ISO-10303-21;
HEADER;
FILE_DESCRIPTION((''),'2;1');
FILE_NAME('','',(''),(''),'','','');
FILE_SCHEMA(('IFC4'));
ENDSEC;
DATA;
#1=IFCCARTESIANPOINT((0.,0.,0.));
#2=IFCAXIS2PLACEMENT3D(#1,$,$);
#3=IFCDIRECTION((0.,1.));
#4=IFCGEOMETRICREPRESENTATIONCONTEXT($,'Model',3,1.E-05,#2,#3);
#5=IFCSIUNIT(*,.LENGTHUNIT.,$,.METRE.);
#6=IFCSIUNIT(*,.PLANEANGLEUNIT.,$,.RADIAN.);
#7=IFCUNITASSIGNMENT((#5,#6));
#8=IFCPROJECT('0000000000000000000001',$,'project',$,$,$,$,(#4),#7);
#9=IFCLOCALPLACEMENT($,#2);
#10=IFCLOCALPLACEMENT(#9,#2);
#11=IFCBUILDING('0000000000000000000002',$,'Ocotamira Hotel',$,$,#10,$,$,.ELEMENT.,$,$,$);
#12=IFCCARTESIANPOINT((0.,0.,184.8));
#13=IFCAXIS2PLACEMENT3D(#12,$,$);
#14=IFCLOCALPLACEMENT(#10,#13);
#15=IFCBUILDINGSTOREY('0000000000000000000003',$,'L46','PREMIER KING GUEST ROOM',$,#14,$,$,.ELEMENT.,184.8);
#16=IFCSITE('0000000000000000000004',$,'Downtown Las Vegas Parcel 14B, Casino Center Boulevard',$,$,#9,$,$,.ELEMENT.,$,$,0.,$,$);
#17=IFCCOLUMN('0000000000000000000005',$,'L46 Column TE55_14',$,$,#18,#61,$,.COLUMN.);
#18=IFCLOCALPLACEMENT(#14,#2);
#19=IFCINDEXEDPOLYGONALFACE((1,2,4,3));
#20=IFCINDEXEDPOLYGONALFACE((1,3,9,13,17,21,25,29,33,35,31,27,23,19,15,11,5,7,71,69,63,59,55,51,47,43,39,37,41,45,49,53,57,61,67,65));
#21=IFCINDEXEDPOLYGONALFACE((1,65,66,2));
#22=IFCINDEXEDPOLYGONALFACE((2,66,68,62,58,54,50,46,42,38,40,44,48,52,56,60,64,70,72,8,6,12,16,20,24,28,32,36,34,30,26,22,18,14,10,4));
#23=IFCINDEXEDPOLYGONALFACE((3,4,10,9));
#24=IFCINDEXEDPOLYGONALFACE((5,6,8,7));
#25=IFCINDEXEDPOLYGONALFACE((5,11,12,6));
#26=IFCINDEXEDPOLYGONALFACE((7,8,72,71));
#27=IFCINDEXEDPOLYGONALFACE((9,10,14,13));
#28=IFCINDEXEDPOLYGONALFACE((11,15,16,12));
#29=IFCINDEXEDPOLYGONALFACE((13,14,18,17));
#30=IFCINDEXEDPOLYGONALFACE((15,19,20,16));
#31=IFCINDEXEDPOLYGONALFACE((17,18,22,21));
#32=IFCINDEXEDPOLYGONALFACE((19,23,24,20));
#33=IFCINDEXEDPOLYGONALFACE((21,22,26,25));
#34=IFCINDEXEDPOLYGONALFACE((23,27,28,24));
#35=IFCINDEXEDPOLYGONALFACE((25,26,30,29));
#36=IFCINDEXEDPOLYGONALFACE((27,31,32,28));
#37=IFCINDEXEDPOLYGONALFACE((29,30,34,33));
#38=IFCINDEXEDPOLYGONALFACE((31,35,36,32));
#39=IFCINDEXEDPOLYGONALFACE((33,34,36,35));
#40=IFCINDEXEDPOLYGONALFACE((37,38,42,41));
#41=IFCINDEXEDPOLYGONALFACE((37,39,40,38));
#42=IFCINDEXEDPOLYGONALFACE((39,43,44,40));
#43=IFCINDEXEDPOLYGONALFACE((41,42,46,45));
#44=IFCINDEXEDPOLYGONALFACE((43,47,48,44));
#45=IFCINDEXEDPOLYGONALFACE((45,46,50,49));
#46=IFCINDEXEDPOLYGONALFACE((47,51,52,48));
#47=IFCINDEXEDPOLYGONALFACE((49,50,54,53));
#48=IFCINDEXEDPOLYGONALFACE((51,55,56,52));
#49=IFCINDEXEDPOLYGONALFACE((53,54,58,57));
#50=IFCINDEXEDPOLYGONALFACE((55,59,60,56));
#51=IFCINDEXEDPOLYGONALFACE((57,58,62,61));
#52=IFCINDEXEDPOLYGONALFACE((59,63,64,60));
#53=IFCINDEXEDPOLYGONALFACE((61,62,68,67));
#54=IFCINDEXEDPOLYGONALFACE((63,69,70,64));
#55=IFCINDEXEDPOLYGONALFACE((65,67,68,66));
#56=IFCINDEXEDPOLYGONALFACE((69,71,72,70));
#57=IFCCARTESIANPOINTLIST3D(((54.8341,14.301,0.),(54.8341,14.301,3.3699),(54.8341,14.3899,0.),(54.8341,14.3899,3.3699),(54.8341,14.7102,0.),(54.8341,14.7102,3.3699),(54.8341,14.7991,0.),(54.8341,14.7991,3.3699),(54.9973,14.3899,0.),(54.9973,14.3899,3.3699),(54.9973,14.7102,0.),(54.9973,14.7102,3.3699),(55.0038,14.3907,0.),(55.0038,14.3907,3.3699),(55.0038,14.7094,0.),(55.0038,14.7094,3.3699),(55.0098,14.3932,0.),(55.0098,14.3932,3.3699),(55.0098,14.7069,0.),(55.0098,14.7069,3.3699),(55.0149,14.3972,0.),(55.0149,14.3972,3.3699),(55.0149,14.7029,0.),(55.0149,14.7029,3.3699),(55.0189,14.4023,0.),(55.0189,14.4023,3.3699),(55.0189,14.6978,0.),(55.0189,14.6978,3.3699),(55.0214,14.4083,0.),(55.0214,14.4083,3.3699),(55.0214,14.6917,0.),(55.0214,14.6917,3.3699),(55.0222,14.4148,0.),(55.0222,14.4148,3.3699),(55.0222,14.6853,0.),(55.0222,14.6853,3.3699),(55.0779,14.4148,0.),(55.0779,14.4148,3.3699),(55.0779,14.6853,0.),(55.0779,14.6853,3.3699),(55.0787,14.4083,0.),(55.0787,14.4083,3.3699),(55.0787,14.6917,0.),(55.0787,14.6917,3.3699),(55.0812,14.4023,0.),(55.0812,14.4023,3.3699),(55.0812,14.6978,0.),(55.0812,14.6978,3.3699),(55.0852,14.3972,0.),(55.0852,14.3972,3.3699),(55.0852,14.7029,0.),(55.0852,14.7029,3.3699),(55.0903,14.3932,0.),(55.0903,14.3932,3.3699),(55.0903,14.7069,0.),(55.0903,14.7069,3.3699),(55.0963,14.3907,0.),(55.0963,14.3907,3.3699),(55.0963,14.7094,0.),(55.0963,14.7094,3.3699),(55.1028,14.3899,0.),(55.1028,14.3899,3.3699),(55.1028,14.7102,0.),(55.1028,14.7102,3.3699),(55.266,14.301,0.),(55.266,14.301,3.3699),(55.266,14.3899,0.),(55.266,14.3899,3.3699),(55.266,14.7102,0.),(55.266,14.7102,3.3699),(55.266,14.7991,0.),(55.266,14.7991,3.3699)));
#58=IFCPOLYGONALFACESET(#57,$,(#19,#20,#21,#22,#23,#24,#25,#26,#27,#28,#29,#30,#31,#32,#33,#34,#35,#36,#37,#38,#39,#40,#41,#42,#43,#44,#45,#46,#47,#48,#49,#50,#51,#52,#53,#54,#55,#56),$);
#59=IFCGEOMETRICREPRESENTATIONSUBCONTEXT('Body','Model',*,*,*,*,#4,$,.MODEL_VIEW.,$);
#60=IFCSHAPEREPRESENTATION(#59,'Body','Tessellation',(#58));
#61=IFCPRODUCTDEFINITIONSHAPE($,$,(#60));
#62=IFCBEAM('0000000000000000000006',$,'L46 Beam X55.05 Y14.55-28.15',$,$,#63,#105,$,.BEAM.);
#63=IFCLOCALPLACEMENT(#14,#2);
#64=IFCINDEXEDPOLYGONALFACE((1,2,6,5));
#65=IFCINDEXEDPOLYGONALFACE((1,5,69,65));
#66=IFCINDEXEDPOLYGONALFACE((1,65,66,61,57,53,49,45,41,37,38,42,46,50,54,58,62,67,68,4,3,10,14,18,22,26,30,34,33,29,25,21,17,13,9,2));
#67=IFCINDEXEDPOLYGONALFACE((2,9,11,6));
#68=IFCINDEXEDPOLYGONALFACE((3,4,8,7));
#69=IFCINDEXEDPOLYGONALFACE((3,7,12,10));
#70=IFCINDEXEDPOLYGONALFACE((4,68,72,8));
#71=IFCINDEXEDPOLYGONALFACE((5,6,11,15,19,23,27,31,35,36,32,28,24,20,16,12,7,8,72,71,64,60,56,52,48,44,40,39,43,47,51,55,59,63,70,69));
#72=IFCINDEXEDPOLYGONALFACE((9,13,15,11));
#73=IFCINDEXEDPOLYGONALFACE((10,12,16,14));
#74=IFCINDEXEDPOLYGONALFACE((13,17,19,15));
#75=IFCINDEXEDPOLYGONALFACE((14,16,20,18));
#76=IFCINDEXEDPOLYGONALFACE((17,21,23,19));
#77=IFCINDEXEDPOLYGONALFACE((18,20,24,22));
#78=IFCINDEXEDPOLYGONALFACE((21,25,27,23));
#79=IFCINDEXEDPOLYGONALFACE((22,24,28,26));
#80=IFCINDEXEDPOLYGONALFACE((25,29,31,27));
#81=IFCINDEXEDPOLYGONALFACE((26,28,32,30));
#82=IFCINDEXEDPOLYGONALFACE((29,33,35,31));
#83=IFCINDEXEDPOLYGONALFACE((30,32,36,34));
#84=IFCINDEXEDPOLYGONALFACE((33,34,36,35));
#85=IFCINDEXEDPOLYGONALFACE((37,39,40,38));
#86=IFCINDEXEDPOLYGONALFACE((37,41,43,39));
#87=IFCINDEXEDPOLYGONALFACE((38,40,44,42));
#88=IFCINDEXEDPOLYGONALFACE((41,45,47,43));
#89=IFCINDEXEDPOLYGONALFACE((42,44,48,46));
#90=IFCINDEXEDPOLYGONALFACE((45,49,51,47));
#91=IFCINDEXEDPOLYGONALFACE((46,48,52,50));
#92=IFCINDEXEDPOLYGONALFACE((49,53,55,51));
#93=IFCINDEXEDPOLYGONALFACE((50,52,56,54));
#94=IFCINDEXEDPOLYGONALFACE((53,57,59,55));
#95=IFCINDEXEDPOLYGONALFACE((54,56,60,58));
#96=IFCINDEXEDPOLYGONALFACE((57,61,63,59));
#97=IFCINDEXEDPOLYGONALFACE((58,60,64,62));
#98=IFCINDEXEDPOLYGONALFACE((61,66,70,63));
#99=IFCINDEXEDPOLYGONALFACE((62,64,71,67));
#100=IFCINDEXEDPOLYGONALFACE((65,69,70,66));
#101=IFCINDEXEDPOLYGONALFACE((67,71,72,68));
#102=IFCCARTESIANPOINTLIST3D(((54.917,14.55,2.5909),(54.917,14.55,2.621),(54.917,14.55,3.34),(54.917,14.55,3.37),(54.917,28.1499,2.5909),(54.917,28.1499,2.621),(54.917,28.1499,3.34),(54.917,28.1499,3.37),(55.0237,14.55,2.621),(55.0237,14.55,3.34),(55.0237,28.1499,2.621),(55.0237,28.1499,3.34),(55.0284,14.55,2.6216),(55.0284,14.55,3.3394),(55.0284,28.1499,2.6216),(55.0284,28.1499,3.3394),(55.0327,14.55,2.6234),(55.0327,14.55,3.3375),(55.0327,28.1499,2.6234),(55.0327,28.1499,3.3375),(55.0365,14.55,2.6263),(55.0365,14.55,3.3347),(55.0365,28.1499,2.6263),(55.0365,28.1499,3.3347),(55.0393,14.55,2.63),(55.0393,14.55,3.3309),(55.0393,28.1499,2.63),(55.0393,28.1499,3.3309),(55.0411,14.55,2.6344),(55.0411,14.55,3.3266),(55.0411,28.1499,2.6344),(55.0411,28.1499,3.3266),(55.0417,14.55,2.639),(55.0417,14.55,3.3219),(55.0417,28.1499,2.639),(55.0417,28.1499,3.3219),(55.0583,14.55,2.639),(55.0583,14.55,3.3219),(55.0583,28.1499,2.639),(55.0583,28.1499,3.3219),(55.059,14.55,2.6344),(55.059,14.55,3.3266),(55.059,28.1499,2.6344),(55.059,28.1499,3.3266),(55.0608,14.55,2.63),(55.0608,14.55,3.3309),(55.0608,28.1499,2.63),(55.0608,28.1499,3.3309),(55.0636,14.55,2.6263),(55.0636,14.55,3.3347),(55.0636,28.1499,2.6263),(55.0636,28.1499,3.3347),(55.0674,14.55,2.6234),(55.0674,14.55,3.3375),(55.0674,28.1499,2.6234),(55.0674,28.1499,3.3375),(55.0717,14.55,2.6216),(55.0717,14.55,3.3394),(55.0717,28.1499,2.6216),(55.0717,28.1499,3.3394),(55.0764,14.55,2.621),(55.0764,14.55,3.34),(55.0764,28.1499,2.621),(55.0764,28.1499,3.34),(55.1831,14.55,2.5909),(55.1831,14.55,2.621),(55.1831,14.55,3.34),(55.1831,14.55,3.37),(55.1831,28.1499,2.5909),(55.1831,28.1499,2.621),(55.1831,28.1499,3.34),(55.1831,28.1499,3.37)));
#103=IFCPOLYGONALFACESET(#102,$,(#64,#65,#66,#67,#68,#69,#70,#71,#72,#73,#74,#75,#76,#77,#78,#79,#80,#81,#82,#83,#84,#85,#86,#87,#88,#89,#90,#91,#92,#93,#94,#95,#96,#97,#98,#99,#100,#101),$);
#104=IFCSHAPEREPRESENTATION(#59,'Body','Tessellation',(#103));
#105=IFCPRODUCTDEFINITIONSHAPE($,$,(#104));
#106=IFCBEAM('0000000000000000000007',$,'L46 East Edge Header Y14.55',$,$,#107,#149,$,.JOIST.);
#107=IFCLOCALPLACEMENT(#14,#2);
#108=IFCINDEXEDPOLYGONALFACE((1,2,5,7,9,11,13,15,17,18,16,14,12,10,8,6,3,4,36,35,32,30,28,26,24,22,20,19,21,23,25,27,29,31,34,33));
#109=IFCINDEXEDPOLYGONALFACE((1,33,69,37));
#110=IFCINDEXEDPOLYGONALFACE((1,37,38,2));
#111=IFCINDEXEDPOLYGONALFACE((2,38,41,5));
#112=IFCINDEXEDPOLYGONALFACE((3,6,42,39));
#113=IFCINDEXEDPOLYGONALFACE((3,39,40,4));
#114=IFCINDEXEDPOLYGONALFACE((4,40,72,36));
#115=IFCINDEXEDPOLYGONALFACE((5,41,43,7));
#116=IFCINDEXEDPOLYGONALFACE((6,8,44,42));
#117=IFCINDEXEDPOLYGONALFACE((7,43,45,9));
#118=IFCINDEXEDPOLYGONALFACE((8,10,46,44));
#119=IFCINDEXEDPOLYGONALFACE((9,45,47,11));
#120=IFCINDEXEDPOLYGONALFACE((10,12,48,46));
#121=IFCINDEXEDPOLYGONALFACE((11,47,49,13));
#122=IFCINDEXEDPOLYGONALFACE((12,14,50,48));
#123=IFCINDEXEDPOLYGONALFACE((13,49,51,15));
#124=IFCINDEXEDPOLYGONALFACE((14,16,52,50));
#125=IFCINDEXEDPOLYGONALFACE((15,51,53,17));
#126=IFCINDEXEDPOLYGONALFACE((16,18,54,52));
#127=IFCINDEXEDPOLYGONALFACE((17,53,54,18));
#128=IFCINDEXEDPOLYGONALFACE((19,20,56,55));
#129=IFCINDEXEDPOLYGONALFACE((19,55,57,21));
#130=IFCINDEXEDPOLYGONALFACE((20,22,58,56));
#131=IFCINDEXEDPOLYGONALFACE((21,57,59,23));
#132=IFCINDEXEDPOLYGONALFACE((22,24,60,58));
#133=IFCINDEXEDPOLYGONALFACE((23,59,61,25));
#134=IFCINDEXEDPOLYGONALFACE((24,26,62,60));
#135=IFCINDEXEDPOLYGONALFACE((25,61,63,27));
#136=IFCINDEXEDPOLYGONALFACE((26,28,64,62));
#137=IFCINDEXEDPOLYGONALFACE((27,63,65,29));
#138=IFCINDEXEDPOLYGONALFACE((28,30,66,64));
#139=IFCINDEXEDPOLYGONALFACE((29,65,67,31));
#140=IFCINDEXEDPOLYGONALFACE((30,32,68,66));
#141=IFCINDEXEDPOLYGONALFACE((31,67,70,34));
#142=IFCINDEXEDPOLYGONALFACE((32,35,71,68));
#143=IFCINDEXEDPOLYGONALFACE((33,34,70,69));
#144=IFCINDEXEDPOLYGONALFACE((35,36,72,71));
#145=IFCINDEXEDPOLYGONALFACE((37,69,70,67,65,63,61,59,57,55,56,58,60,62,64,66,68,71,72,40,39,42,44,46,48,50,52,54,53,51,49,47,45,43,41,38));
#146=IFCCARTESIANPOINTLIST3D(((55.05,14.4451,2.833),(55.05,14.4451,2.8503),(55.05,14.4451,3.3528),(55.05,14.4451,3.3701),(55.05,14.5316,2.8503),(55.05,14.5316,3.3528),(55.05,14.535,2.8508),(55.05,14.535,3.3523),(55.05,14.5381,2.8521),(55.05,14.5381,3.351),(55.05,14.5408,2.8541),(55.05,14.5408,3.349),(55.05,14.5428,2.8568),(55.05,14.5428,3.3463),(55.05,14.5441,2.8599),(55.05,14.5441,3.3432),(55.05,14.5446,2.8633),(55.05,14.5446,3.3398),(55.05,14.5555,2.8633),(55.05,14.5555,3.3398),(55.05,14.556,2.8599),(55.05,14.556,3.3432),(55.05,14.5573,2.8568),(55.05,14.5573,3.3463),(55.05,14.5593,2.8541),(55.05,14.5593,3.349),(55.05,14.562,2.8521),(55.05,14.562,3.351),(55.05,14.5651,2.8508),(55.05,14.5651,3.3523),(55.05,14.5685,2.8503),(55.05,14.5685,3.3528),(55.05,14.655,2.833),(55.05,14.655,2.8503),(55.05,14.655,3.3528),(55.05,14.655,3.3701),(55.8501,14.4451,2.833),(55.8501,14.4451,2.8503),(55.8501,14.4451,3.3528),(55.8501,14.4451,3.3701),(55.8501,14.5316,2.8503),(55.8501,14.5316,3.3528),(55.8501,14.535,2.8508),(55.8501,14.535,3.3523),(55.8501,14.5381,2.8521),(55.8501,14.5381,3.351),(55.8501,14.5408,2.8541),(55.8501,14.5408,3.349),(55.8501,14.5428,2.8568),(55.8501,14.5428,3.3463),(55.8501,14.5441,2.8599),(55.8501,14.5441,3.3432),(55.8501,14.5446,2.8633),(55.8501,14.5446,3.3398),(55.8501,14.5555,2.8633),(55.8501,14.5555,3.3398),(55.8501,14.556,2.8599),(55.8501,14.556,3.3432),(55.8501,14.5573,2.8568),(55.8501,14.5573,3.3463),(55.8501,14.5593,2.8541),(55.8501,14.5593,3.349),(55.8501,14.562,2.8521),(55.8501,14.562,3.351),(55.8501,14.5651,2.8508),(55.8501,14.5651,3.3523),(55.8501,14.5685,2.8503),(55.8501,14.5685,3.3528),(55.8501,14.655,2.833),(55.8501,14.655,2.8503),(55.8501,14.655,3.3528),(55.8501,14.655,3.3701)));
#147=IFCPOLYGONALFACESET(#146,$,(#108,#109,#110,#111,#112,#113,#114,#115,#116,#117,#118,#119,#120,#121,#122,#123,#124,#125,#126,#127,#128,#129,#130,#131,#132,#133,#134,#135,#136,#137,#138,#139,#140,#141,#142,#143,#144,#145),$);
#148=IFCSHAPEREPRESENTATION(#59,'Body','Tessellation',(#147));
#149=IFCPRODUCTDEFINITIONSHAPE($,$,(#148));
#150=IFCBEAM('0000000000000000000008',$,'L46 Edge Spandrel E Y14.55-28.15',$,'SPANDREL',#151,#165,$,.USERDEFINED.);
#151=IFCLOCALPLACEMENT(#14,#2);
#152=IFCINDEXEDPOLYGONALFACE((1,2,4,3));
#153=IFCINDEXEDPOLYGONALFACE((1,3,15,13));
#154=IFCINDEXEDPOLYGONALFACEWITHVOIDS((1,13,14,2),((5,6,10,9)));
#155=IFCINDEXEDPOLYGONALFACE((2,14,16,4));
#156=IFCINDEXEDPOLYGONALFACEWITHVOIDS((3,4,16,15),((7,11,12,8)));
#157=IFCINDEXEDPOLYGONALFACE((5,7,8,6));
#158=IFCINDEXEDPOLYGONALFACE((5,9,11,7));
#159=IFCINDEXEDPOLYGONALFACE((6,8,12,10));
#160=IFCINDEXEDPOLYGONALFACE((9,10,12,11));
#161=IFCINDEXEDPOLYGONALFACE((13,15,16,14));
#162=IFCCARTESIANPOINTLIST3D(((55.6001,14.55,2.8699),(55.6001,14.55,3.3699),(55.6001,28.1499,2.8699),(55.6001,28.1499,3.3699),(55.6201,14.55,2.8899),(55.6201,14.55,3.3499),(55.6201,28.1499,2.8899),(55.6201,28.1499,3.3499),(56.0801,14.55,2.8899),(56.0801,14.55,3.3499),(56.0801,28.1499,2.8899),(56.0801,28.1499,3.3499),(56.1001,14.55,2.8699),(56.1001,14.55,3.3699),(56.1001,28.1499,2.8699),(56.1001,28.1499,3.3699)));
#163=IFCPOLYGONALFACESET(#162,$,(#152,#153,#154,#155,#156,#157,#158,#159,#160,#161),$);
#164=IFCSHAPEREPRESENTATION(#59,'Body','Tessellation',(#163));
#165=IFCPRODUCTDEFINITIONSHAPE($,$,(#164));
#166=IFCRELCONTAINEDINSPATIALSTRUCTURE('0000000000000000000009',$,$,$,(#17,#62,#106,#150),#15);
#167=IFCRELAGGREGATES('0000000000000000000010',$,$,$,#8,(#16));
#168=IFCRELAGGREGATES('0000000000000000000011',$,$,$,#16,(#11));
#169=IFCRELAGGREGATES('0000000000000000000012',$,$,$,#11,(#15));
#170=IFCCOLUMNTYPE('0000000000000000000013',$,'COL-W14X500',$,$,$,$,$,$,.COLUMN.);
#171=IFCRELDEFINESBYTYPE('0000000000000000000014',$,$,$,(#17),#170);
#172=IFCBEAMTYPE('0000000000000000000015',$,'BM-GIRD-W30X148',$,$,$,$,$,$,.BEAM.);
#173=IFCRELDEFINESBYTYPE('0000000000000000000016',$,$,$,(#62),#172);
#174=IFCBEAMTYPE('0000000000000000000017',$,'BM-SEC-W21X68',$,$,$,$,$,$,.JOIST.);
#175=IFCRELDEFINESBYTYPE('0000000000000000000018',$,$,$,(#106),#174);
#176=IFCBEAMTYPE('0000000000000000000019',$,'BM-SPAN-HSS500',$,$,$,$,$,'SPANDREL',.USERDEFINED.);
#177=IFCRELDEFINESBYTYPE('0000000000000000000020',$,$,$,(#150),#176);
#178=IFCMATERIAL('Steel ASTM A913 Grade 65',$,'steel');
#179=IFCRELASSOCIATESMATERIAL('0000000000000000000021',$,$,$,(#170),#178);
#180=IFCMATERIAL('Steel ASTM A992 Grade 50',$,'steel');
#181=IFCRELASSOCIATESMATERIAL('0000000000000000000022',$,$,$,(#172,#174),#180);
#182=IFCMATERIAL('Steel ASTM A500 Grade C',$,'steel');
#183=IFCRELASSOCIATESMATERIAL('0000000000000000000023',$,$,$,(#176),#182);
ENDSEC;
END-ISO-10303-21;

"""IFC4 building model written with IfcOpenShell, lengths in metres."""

from ifc_helpers import new_model, si_unit, direction, frame, origin, origin_2d, place, context, subcontext, project, spatial, hollow_rectangle, i_section, extrude, source, transform, mapped, material, material_profile, profile_set, type_object, element, save


model = new_model("IFC4")

# Units and contexts
model_context = context("Model", 3, precision=1e-05, world=origin(), true_north=direction((0.0, 1.0)))
body_context = subcontext(model_context, "Body", "Model", "MODEL_VIEW")
ifc_project = project(units=[si_unit("LENGTHUNIT", "METRE"), si_unit("PLANEANGLEUNIT", "RADIAN")], contexts=[model_context])

# Site, building, storey
site_placement = place(None, origin())
site = spatial("IfcSite", under=ifc_project, at=site_placement, Name="Downtown Las Vegas Parcel 14B, Casino Center Boulevard", CompositionType="ELEMENT", RefElevation=0.0)
building_placement = place(site_placement, origin())
building = spatial("IfcBuilding", under=site, at=building_placement, Name="Ocotamira Hotel", CompositionType="ELEMENT")
storey_placement = place(building_placement, frame((0.0, 0.0, 184.8)))
storey = spatial("IfcBuildingStorey", under=building, at=storey_placement, Name="L46", Description="PREMIER KING GUEST ROOM", CompositionType="ELEMENT", Elevation=184.8)

# Column
ifc_material_1 = material(Name="Steel ASTM A913 Grade 65", Category="steel")
ifc_material_profile_1 = material_profile(ifc_material_1, i_section(OverallWidth=0.4319, OverallDepth=0.498, WebThickness=0.0557, FlangeThickness=0.0889, FilletRadius=0.0249, at=origin_2d()), Name="W14X500")
ifc_profile_set_1 = profile_set([ifc_material_profile_1], Name="Steel ASTM A913 Grade 65")
column_type = type_object("IfcColumnType", Name="COL-W14X500", PredefinedType="COLUMN", material=ifc_profile_set_1)
shared_shape_1 = source(origin(), body_context, "Body", "SweptSolid", [
    extrude(i_section(OverallWidth=0.4319, OverallDepth=0.498, WebThickness=0.0557, FlangeThickness=0.0889, FilletRadius=0.0249, at=origin_2d()), origin(), (0.0, 0.0, 1.0), 3.3699),
])
column_placement = place(storey_placement, frame((55.05, 14.55, 0.0), z_axis=(0.0, 0.0, 1.0), x_axis=(1.0, 0.0, 0.0)))
element("IfcColumn", 1, at=column_placement, inside=storey, type_object=column_type, Name="L46 Column TE55_14", PredefinedType="COLUMN", context=body_context, shape_type="MappedRepresentation", body=[
    mapped(shared_shape_1, transform((0.0, 0.0, 0.0), scale=1.0)),
])

# Beams
ifc_material_2 = material(Name="Steel ASTM A992 Grade 50", Category="steel")
ifc_material_profile_2 = material_profile(ifc_material_2, i_section(OverallWidth=0.2661, OverallDepth=0.7791, WebThickness=0.0166, FlangeThickness=0.03, FilletRadius=0.0181, at=origin_2d()), Name="W30X148")
ifc_profile_set_2 = profile_set([ifc_material_profile_2], Name="Steel ASTM A992 Grade 50")
beam_type_1 = type_object("IfcBeamType", Name="BM-GIRD-W30X148", PredefinedType="BEAM", material=ifc_profile_set_2)
shared_shape_2 = source(origin(), body_context, "Body", "SweptSolid", [
    extrude(i_section(OverallWidth=0.2661, OverallDepth=0.7791, WebThickness=0.0166, FlangeThickness=0.03, FilletRadius=0.0181, at=origin_2d()), origin(), (0.0, 0.0, 1.0), 13.5999),
])
beam_1_placement = place(storey_placement, frame((55.05, 14.55, 2.9805), z_axis=(0.0, 1.0, 0.0), x_axis=(-1.0, 0.0, 0.0)))
element("IfcBeam", 2, at=beam_1_placement, inside=storey, type_object=beam_type_1, Name="L46 Beam X55.05 Y14.55-28.15", PredefinedType="BEAM", context=body_context, shape_type="MappedRepresentation", body=[
    mapped(shared_shape_2, transform((0.0, 0.0, 0.0), scale=1.0)),
])
ifc_material_profile_3 = material_profile(ifc_material_2, i_section(OverallWidth=0.21, OverallDepth=0.5371, WebThickness=0.011, FlangeThickness=0.0173, FilletRadius=0.0129, at=origin_2d()), Name="W21X68")
ifc_profile_set_3 = profile_set([ifc_material_profile_3], Name="Steel ASTM A992 Grade 50")
beam_type_2 = type_object("IfcBeamType", Name="BM-SEC-W21X68", PredefinedType="JOIST", material=ifc_profile_set_3)
shared_shape_3 = source(origin(), body_context, "Body", "SweptSolid", [
    extrude(i_section(OverallWidth=0.21, OverallDepth=0.5371, WebThickness=0.011, FlangeThickness=0.0173, FilletRadius=0.0129, at=origin_2d()), origin(), (0.0, 0.0, 1.0), 0.8),
])
beam_2_placement = place(storey_placement, frame((55.05, 14.55, 3.1016), z_axis=(1.0, 0.0, 0.0), x_axis=(0.0, 1.0, 0.0)))
element("IfcBeam", 3, at=beam_2_placement, inside=storey, type_object=beam_type_2, Name="L46 East Edge Header Y14.55", PredefinedType="JOIST", context=body_context, shape_type="MappedRepresentation", body=[
    mapped(shared_shape_3, transform((0.0, 0.0, 0.0), scale=1.0)),
])
ifc_material_3 = material(Name="Steel ASTM A500 Grade C", Category="steel")
ifc_material_profile_4 = material_profile(ifc_material_3, hollow_rectangle(XDim=0.5, YDim=0.5, WallThickness=0.02, at=origin_2d()), Name="HSS500X500X20")
ifc_profile_set_4 = profile_set([ifc_material_profile_4], Name="Steel ASTM A500 Grade C")
beam_type_3 = type_object("IfcBeamType", Name="BM-SPAN-HSS500", ElementType="SPANDREL", PredefinedType="USERDEFINED", material=ifc_profile_set_4)
shared_shape_4 = source(origin(), body_context, "Body", "SweptSolid", [
    extrude(hollow_rectangle(XDim=0.5, YDim=0.5, WallThickness=0.02, at=origin_2d()), origin(), (0.0, 0.0, 1.0), 13.5999),
])
beam_3_placement = place(storey_placement, frame((55.8501, 14.55, 3.1199), z_axis=(0.0, 1.0, 0.0), x_axis=(-1.0, 0.0, 0.0)))
element("IfcBeam", 4, at=beam_3_placement, inside=storey, type_object=beam_type_3, Name="L46 Edge Spandrel E Y14.55-28.15", ObjectType="SPANDREL", PredefinedType="USERDEFINED", context=body_context, shape_type="MappedRepresentation", body=[
    mapped(shared_shape_4, transform((0.0, 0.0, 0.0), scale=1.0)),
])

save(model, "model.ifc")
